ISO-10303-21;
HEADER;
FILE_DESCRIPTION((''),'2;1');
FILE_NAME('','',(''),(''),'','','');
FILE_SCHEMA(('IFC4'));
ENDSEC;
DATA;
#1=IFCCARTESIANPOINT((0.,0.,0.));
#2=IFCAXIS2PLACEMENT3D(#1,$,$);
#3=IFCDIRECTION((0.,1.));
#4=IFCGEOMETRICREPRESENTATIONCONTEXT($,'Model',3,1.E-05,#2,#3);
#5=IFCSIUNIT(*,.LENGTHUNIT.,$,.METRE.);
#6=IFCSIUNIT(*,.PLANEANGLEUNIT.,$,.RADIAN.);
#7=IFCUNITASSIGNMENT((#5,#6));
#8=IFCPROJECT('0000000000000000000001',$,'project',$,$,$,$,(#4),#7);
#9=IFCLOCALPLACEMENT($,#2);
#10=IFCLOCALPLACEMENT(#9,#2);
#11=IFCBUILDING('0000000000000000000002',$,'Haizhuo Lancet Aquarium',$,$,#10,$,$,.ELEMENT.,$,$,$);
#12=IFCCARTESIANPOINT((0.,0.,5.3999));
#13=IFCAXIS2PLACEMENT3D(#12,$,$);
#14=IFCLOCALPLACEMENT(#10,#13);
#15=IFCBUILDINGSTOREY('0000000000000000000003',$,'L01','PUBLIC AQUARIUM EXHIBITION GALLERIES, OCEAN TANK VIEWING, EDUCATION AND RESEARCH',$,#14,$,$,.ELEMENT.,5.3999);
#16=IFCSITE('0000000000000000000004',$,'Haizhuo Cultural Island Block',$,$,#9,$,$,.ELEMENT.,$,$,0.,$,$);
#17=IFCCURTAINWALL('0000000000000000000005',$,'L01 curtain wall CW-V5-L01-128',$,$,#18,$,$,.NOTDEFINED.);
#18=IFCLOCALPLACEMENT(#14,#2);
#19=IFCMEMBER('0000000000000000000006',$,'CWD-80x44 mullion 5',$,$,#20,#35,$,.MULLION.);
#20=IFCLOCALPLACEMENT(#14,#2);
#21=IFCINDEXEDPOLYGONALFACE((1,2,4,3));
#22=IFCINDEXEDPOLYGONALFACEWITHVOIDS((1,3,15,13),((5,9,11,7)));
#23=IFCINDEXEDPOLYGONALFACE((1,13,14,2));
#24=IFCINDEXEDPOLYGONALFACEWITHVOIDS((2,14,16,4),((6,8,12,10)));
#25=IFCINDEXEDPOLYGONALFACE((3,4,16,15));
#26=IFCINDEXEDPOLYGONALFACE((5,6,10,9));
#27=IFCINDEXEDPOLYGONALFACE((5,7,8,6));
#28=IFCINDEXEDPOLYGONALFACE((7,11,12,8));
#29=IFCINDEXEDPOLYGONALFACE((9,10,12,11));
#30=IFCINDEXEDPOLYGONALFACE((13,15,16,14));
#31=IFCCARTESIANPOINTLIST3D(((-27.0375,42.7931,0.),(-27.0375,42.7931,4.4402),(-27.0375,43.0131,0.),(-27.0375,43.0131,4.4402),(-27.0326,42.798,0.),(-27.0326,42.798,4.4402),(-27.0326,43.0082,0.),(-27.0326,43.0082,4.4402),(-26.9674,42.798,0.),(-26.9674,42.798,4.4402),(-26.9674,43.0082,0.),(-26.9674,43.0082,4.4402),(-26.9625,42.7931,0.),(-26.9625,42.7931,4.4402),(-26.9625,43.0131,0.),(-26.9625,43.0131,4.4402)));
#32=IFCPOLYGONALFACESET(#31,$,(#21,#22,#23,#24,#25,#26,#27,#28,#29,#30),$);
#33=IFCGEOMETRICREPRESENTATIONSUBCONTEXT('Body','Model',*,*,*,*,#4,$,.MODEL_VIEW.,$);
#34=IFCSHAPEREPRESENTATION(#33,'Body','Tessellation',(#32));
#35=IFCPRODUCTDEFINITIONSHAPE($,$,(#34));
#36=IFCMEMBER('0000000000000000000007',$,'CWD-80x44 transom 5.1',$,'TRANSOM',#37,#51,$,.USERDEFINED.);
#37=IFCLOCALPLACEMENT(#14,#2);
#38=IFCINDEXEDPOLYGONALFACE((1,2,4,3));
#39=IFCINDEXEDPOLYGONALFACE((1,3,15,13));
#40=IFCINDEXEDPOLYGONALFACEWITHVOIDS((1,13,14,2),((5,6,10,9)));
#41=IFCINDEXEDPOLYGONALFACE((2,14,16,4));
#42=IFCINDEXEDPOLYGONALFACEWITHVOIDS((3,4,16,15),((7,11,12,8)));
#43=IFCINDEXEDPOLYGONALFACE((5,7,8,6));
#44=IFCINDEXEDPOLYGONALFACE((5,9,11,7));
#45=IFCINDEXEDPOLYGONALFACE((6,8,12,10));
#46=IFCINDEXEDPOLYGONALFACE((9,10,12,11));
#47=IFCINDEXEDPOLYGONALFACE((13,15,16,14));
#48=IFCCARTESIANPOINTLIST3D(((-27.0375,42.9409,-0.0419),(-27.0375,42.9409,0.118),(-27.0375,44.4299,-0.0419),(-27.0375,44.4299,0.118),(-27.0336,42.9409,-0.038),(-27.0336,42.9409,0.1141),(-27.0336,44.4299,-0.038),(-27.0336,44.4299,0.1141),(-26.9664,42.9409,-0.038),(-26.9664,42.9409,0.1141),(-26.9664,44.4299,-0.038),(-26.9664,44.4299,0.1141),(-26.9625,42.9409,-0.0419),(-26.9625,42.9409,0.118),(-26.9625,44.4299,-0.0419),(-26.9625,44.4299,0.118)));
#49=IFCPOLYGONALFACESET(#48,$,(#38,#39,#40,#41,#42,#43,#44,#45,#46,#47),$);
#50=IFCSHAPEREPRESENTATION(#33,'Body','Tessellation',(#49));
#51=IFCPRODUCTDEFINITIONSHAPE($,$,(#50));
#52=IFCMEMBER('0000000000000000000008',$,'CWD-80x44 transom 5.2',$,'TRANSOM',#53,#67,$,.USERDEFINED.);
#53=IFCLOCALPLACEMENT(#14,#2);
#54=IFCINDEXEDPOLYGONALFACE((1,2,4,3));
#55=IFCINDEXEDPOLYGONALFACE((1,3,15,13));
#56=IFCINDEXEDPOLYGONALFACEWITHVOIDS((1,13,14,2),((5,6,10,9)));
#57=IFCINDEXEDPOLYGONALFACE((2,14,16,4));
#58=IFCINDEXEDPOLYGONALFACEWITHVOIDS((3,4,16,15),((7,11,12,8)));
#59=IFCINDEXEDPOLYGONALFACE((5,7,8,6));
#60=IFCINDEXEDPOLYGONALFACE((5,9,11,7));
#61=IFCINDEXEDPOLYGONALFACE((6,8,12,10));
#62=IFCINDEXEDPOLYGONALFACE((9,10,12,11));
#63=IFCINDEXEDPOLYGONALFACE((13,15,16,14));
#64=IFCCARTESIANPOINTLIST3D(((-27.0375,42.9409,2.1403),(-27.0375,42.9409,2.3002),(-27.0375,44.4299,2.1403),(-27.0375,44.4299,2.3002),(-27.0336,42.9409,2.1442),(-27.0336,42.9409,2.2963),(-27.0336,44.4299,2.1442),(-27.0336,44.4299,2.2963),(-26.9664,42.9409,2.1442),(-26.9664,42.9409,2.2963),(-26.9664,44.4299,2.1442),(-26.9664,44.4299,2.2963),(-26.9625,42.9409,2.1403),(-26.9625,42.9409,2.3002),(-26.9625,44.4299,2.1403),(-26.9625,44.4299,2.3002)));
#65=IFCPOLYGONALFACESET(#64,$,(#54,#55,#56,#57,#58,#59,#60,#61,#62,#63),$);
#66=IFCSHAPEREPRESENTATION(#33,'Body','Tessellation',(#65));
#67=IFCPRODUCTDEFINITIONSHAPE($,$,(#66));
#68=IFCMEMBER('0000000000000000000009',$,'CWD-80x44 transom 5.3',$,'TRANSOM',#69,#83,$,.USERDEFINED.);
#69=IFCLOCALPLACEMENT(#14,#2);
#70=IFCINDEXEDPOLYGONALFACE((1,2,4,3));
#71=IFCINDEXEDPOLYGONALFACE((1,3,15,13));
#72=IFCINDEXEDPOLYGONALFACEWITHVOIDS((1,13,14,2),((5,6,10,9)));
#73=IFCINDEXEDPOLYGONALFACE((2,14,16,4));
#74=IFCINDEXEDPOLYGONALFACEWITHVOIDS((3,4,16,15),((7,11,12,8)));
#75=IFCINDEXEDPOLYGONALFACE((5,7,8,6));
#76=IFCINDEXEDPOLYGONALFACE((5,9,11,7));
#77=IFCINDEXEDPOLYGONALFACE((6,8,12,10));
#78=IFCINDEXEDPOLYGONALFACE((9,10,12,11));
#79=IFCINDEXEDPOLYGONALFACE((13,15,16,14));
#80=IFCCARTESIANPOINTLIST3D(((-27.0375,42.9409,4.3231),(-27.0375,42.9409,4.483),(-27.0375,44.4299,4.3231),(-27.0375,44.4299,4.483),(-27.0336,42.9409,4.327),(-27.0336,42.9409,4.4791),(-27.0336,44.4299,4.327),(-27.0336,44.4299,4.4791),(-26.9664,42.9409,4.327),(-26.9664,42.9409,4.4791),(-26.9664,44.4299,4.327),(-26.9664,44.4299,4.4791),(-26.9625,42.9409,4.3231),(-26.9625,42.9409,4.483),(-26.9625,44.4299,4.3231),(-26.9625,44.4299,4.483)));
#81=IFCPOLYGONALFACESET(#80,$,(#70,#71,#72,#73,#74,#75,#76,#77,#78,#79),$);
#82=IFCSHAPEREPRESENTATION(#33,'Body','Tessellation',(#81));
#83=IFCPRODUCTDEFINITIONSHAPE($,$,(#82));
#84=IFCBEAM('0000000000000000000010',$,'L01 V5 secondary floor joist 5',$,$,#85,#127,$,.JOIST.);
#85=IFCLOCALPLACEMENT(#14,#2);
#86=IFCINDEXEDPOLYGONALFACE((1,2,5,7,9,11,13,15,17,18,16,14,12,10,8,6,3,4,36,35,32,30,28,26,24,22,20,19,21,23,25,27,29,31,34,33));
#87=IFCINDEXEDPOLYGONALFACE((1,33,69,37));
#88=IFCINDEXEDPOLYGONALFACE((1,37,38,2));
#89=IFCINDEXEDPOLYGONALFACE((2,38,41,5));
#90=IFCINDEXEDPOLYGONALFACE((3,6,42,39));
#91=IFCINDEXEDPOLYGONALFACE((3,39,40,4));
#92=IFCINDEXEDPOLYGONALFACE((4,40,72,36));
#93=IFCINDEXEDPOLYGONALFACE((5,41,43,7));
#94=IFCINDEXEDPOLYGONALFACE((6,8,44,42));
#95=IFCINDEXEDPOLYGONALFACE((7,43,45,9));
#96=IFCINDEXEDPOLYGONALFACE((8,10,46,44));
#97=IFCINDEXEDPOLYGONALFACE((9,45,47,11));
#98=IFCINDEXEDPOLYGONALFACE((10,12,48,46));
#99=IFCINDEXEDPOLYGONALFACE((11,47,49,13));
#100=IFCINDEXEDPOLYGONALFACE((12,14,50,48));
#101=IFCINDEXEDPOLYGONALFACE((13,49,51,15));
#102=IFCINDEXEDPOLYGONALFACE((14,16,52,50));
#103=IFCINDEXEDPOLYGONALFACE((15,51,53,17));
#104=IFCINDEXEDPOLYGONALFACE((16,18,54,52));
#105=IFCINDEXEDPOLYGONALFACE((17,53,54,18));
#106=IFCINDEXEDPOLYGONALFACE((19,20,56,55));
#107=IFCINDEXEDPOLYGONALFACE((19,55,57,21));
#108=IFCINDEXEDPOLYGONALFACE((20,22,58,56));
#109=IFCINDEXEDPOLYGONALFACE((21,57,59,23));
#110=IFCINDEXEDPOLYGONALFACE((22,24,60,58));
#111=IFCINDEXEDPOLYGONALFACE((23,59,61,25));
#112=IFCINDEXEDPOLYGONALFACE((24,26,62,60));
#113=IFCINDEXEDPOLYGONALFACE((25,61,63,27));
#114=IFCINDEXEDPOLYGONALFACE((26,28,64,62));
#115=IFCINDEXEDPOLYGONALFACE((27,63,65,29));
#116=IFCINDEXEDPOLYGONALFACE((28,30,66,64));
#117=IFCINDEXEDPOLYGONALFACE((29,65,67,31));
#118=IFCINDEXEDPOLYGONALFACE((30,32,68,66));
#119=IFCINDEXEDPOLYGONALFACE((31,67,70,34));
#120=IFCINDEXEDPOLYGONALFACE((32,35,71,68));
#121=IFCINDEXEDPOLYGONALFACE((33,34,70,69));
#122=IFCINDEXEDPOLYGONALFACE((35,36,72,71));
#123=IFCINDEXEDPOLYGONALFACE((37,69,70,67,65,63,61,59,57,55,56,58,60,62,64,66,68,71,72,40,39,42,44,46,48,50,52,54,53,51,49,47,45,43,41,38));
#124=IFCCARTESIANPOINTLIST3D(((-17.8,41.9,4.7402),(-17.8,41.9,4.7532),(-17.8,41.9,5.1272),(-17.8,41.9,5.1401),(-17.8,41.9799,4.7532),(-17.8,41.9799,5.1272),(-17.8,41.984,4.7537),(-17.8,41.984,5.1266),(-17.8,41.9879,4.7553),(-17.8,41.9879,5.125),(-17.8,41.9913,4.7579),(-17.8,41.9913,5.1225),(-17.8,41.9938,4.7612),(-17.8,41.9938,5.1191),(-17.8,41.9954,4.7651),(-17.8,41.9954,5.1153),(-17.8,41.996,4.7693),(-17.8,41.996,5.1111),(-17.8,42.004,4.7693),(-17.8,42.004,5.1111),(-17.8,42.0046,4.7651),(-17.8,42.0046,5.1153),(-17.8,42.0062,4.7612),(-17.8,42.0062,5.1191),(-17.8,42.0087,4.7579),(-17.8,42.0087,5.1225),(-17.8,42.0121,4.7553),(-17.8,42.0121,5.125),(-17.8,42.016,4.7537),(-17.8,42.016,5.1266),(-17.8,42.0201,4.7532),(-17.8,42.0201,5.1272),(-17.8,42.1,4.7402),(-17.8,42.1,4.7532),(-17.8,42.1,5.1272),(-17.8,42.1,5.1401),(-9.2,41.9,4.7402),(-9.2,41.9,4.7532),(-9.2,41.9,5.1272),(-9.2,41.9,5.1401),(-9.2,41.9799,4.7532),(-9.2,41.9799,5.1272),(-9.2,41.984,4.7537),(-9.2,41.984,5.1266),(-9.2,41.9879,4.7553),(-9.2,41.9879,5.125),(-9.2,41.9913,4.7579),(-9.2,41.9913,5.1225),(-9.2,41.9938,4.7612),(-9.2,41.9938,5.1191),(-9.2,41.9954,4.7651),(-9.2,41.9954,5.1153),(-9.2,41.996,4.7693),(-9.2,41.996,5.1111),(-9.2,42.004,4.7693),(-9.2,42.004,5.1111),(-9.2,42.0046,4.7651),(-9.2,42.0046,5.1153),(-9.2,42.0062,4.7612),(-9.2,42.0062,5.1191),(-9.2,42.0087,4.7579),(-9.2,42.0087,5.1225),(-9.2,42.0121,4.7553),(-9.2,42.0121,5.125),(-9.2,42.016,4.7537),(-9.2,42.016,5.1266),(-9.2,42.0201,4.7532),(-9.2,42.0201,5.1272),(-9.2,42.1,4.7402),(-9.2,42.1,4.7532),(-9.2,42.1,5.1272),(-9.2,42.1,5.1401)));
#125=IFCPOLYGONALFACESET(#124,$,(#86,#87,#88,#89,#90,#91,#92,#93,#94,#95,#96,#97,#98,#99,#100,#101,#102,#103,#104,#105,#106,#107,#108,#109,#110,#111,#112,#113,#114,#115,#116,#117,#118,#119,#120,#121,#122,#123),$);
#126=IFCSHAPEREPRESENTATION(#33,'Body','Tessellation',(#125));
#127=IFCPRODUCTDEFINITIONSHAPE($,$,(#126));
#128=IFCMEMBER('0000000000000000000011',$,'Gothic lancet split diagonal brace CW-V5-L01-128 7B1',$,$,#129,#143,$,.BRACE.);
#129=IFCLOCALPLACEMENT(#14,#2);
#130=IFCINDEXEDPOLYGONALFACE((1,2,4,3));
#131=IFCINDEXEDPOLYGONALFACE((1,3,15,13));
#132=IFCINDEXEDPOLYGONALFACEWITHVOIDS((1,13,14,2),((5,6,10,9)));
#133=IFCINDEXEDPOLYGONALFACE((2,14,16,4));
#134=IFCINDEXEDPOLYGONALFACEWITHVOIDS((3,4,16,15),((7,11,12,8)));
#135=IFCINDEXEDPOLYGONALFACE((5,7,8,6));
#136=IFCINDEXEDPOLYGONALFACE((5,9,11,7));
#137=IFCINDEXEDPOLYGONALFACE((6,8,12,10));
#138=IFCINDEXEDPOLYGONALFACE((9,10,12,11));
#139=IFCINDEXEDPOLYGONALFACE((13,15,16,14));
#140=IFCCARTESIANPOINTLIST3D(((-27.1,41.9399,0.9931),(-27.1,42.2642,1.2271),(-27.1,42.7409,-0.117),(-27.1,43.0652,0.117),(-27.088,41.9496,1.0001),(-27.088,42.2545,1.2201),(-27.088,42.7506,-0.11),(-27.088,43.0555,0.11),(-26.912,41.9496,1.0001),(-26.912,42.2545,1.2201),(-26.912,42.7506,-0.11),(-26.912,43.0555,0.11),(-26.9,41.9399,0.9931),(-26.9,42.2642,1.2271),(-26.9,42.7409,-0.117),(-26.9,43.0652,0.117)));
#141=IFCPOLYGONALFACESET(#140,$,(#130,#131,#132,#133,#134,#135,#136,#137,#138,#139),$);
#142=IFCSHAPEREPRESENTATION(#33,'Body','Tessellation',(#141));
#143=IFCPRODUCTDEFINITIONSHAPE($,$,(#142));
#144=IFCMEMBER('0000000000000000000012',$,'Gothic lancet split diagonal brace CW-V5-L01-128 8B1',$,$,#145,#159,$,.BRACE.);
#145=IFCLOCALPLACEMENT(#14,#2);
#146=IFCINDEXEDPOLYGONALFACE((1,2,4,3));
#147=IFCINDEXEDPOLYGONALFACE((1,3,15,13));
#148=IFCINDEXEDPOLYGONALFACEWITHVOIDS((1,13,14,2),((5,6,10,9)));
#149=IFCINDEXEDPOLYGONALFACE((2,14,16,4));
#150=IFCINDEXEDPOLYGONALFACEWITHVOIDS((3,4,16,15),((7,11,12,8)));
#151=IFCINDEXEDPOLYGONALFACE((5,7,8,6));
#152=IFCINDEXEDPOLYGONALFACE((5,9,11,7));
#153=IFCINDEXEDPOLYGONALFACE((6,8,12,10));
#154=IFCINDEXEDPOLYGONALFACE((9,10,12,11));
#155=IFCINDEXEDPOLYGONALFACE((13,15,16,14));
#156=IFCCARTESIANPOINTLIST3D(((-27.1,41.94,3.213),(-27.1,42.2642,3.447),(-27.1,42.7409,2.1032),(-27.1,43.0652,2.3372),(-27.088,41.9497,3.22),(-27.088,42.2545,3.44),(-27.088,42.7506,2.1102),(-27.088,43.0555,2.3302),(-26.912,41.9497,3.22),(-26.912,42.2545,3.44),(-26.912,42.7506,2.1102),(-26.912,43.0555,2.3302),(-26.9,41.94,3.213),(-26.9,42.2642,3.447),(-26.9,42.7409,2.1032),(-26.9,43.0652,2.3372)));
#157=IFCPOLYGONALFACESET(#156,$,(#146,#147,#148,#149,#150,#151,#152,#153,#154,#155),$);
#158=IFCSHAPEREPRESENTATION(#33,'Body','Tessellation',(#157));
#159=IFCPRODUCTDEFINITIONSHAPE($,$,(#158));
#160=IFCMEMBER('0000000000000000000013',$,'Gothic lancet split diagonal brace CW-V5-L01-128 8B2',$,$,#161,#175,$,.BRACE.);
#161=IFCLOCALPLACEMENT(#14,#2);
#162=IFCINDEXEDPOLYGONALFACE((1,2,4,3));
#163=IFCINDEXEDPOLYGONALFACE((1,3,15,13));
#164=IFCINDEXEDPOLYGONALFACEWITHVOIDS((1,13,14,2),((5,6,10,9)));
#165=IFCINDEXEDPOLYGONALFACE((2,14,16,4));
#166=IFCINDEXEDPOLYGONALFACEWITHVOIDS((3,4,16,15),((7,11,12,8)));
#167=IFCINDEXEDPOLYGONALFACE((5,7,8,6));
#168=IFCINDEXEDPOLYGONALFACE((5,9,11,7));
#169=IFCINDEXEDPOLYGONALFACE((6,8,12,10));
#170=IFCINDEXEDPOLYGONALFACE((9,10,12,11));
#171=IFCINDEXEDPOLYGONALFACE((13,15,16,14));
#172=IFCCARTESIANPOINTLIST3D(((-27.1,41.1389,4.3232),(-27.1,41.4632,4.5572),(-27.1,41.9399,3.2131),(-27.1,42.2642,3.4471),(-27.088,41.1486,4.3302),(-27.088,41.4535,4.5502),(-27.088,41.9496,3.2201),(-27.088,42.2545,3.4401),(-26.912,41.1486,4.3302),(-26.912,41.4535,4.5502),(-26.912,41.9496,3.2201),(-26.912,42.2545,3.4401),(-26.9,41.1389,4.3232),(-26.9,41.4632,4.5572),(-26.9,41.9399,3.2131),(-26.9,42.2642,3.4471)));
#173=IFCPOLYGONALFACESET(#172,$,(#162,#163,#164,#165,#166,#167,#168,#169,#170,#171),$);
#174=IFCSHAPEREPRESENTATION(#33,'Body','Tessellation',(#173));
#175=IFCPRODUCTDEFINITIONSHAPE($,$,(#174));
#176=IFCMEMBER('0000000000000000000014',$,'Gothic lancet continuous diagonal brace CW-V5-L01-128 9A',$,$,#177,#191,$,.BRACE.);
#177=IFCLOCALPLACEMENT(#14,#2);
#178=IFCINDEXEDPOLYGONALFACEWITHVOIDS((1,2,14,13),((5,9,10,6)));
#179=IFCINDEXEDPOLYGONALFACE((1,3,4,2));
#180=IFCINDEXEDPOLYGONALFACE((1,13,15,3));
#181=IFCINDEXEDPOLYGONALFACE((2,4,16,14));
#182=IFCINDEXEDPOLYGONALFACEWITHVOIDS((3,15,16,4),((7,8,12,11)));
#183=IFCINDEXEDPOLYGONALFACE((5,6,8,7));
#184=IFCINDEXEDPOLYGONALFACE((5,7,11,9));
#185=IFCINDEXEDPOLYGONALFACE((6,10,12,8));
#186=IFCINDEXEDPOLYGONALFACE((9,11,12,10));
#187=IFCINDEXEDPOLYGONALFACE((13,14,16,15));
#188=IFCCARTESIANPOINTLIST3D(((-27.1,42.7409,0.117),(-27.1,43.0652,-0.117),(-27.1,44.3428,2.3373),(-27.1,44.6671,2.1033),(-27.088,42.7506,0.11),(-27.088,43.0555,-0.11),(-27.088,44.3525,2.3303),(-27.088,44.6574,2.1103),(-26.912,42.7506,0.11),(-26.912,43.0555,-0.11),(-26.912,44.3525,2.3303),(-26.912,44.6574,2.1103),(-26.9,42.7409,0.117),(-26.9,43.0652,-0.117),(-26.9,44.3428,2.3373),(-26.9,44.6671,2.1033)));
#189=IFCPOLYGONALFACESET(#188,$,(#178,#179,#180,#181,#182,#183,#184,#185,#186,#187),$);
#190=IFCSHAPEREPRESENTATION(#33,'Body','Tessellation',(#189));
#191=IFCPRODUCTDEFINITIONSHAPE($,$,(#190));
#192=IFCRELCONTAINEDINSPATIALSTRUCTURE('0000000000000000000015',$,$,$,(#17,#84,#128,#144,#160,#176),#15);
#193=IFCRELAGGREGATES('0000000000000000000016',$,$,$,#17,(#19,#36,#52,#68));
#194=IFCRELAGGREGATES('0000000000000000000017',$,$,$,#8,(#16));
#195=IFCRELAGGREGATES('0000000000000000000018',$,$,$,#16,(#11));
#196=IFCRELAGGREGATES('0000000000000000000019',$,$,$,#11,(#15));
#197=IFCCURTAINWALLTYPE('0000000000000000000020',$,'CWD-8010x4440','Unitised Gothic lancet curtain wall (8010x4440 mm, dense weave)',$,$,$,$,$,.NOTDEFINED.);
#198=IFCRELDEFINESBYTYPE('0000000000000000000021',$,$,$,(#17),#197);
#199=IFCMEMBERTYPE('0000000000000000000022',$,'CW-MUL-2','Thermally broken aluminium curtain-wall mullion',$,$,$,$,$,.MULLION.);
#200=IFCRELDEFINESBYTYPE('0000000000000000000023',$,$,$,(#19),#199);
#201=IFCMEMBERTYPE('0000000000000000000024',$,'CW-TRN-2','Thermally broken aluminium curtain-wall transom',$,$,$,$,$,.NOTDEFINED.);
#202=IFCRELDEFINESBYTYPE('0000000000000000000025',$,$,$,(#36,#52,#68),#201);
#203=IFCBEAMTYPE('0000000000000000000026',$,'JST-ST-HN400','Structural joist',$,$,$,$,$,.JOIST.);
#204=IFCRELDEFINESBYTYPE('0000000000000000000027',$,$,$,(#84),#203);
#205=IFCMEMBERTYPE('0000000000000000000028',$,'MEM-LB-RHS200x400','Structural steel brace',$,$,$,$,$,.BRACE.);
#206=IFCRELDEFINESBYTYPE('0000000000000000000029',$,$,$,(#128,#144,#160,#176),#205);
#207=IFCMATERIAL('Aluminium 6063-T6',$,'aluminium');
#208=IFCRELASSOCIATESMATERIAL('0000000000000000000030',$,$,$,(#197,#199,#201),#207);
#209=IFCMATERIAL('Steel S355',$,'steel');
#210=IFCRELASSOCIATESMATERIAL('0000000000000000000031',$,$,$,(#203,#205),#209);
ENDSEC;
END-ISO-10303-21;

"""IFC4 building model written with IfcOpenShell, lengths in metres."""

from ifc_helpers import new_model, si_unit, direction, frame, origin, origin_2d, place, context, subcontext, project, spatial, hollow_rectangle, i_section, extrude, material, material_profile, profile_set, type_object, element, aggregate, save


model = new_model("IFC4")

# Units and contexts
model_context = context("Model", 3, precision=1e-05, world=origin(), true_north=direction((0.0, 1.0)))
body_context = subcontext(model_context, "Body", "Model", "MODEL_VIEW")
ifc_project = project(units=[si_unit("LENGTHUNIT", "METRE"), si_unit("PLANEANGLEUNIT", "RADIAN")], contexts=[model_context])

# Site, building, storey
site_placement = place(None, origin())
site = spatial("IfcSite", under=ifc_project, at=site_placement, Name="Haizhuo Cultural Island Block", CompositionType="ELEMENT", RefElevation=0.0)
building_placement = place(site_placement, origin())
building = spatial("IfcBuilding", under=site, at=building_placement, Name="Haizhuo Lancet Aquarium", CompositionType="ELEMENT")
storey_placement = place(building_placement, frame((0.0, 0.0, 5.3999)))
storey = spatial("IfcBuildingStorey", under=building, at=storey_placement, Name="L01", Description="PUBLIC AQUARIUM EXHIBITION GALLERIES, OCEAN TANK VIEWING, EDUCATION AND RESEARCH", CompositionType="ELEMENT", Elevation=5.3999)

# Curtain wall, members
ifc_material_1 = material(Name="Aluminium 6063-T6", Category="aluminium")
curtain_wall_type = type_object("IfcCurtainWallType", Name="CWD-8010x4440", Description="Unitised Gothic lancet curtain wall (8010x4440 mm, dense weave)", PredefinedType="NOTDEFINED", material=ifc_material_1)
curtain_wall_placement = place(storey_placement, origin())
curtain_wall = element("IfcCurtainWall", 1, at=curtain_wall_placement, inside=storey, type_object=curtain_wall_type, Name="L01 curtain wall CW-V5-L01-128", PredefinedType="NOTDEFINED")
ifc_material_profile_1 = material_profile(ifc_material_1, hollow_rectangle(XDim=0.075, YDim=0.22, WallThickness=0.0049, at=origin_2d()), Name="ALU-M 75x220x5")
ifc_profile_set_1 = profile_set([ifc_material_profile_1], Name="Aluminium 6063-T6")
member_type_1 = type_object("IfcMemberType", Name="CW-MUL-2", Description="Thermally broken aluminium curtain-wall mullion", PredefinedType="MULLION", material=ifc_profile_set_1)
member_1_placement = place(storey_placement, frame((-27.0, 42.9031, 0.0), z_axis=(0.0, 0.0, 1.0), x_axis=(-1.0, 0.0, 0.0)))
member_1 = element("IfcMember", 2, at=member_1_placement, type_object=member_type_1, Name="CWD-80x44 mullion 5", PredefinedType="MULLION", context=body_context, shape_type="SweptSolid", body=[
    extrude(hollow_rectangle(XDim=0.075, YDim=0.22, WallThickness=0.0049, at=origin_2d()), origin(), (0.0, 0.0, 1.0), 4.4402),
])
ifc_material_profile_2 = material_profile(ifc_material_1, hollow_rectangle(XDim=0.075, YDim=0.1599, WallThickness=0.0039, at=origin_2d()), Name="ALU-T 75x160x4")
ifc_profile_set_2 = profile_set([ifc_material_profile_2], Name="Aluminium 6063-T6")
member_type_2 = type_object("IfcMemberType", Name="CW-TRN-2", Description="Thermally broken aluminium curtain-wall transom", PredefinedType="NOTDEFINED", material=ifc_profile_set_2)
member_2_placement = place(storey_placement, frame((-27.0, 42.9409, 0.0381), z_axis=(0.0, 1.0, 0.0), x_axis=(-1.0, 0.0, 0.0)))
member_2 = element("IfcMember", 3, at=member_2_placement, type_object=member_type_2, Name="CWD-80x44 transom 5.1", ObjectType="TRANSOM", PredefinedType="USERDEFINED", context=body_context, shape_type="SweptSolid", body=[
    extrude(hollow_rectangle(XDim=0.075, YDim=0.1599, WallThickness=0.0039, at=origin_2d()), origin(), (0.0, 0.0, 1.0), 1.489),
])
member_3_placement = place(storey_placement, frame((-27.0, 42.9409, 2.2202), z_axis=(0.0, 1.0, 0.0), x_axis=(-1.0, 0.0, 0.0)))
member_3 = element("IfcMember", 4, at=member_3_placement, type_object=member_type_2, Name="CWD-80x44 transom 5.2", ObjectType="TRANSOM", PredefinedType="USERDEFINED", context=body_context, shape_type="SweptSolid", body=[
    extrude(hollow_rectangle(XDim=0.075, YDim=0.1599, WallThickness=0.0039, at=origin_2d()), origin(), (0.0, 0.0, 1.0), 1.489),
])
member_4_placement = place(storey_placement, frame((-27.0, 42.9409, 4.4031), z_axis=(0.0, 1.0, 0.0), x_axis=(-1.0, 0.0, 0.0)))
member_4 = element("IfcMember", 5, at=member_4_placement, type_object=member_type_2, Name="CWD-80x44 transom 5.3", ObjectType="TRANSOM", PredefinedType="USERDEFINED", context=body_context, shape_type="SweptSolid", body=[
    extrude(hollow_rectangle(XDim=0.075, YDim=0.1599, WallThickness=0.0039, at=origin_2d()), origin(), (0.0, 0.0, 1.0), 1.489),
])

# Beam
ifc_material_2 = material(Name="Steel S355", Category="steel")
ifc_material_profile_3 = material_profile(ifc_material_2, i_section(OverallWidth=0.2, OverallDepth=0.3999, WebThickness=0.0081, FlangeThickness=0.0129, FilletRadius=0.0161, at=origin_2d()), Name="HN 400x200x8x13")
ifc_profile_set_3 = profile_set([ifc_material_profile_3], Name="Steel S355")
beam_type = type_object("IfcBeamType", Name="JST-ST-HN400", Description="Structural joist", PredefinedType="JOIST", material=ifc_profile_set_3)
beam_placement = place(storey_placement, frame((-17.8, 42.0, 4.9402), z_axis=(1.0, 0.0, 0.0), x_axis=(0.0, 1.0, 0.0)))
element("IfcBeam", 6, at=beam_placement, inside=storey, type_object=beam_type, Name="L01 V5 secondary floor joist 5", PredefinedType="JOIST", context=body_context, shape_type="SweptSolid", body=[
    extrude(i_section(OverallWidth=0.2, OverallDepth=0.3999, WebThickness=0.0081, FlangeThickness=0.0129, FilletRadius=0.0161, at=origin_2d()), origin(), (0.0, 0.0, 1.0), 8.6001),
])

# Members
ifc_material_profile_4 = material_profile(ifc_material_2, hollow_rectangle(XDim=0.2, YDim=0.3999, WallThickness=0.012, at=origin_2d()), Name="RHS 200x400x12")
ifc_profile_set_4 = profile_set([ifc_material_profile_4], Name="Steel S355")
member_type_3 = type_object("IfcMemberType", Name="MEM-LB-RHS200x400", Description="Structural steel brace", PredefinedType="BRACE", material=ifc_profile_set_4)
member_5_placement = place(storey_placement, frame((-27.0, 42.9031, 0.0), z_axis=(0.0, -0.585145, 0.810928), x_axis=(1.0, 0.0, 0.0)))
element("IfcMember", 7, at=member_5_placement, inside=storey, type_object=member_type_3, Name="Gothic lancet split diagonal brace CW-V5-L01-128 7B1", PredefinedType="BRACE", context=body_context, shape_type="SweptSolid", body=[
    extrude(hollow_rectangle(XDim=0.2, YDim=0.3999, WallThickness=0.012, at=origin_2d()), origin(), (0.0, 0.0, 1.0), 1.3689),
])
member_6_placement = place(storey_placement, frame((-27.0, 42.9031, 2.2202), z_axis=(0.0, -0.58523, 0.810867), x_axis=(1.0, 0.0, 0.0)))
element("IfcMember", 8, at=member_6_placement, inside=storey, type_object=member_type_3, Name="Gothic lancet split diagonal brace CW-V5-L01-128 8B1", PredefinedType="BRACE", context=body_context, shape_type="SweptSolid", body=[
    extrude(hollow_rectangle(XDim=0.2, YDim=0.3999, WallThickness=0.012, at=origin_2d()), origin(), (0.0, 0.0, 1.0), 1.3687),
])
member_7_placement = place(storey_placement, frame((-27.0, 42.1021, 3.3301), z_axis=(0.0, -0.585145, 0.810928), x_axis=(1.0, 0.0, 0.0)))
element("IfcMember", 9, at=member_7_placement, inside=storey, type_object=member_type_3, Name="Gothic lancet split diagonal brace CW-V5-L01-128 8B2", PredefinedType="BRACE", context=body_context, shape_type="SweptSolid", body=[
    extrude(hollow_rectangle(XDim=0.2, YDim=0.3999, WallThickness=0.012, at=origin_2d()), origin(), (0.0, 0.0, 1.0), 1.3689),
])
member_8_placement = place(storey_placement, frame((-27.0, 42.9031, 0.0), z_axis=(0.0, 0.585087, 0.810971), x_axis=(-1.0, 0.0, 0.0)))
element("IfcMember", 10, at=member_8_placement, inside=storey, type_object=member_type_3, Name="Gothic lancet continuous diagonal brace CW-V5-L01-128 9A", PredefinedType="BRACE", context=body_context, shape_type="SweptSolid", body=[
    extrude(hollow_rectangle(XDim=0.2, YDim=0.3999, WallThickness=0.012, at=origin_2d()), origin(), (0.0, 0.0, 1.0), 2.7378),
])

aggregate(curtain_wall, [member_1, member_2, member_3, member_4])

save(model, "model.ifc")
